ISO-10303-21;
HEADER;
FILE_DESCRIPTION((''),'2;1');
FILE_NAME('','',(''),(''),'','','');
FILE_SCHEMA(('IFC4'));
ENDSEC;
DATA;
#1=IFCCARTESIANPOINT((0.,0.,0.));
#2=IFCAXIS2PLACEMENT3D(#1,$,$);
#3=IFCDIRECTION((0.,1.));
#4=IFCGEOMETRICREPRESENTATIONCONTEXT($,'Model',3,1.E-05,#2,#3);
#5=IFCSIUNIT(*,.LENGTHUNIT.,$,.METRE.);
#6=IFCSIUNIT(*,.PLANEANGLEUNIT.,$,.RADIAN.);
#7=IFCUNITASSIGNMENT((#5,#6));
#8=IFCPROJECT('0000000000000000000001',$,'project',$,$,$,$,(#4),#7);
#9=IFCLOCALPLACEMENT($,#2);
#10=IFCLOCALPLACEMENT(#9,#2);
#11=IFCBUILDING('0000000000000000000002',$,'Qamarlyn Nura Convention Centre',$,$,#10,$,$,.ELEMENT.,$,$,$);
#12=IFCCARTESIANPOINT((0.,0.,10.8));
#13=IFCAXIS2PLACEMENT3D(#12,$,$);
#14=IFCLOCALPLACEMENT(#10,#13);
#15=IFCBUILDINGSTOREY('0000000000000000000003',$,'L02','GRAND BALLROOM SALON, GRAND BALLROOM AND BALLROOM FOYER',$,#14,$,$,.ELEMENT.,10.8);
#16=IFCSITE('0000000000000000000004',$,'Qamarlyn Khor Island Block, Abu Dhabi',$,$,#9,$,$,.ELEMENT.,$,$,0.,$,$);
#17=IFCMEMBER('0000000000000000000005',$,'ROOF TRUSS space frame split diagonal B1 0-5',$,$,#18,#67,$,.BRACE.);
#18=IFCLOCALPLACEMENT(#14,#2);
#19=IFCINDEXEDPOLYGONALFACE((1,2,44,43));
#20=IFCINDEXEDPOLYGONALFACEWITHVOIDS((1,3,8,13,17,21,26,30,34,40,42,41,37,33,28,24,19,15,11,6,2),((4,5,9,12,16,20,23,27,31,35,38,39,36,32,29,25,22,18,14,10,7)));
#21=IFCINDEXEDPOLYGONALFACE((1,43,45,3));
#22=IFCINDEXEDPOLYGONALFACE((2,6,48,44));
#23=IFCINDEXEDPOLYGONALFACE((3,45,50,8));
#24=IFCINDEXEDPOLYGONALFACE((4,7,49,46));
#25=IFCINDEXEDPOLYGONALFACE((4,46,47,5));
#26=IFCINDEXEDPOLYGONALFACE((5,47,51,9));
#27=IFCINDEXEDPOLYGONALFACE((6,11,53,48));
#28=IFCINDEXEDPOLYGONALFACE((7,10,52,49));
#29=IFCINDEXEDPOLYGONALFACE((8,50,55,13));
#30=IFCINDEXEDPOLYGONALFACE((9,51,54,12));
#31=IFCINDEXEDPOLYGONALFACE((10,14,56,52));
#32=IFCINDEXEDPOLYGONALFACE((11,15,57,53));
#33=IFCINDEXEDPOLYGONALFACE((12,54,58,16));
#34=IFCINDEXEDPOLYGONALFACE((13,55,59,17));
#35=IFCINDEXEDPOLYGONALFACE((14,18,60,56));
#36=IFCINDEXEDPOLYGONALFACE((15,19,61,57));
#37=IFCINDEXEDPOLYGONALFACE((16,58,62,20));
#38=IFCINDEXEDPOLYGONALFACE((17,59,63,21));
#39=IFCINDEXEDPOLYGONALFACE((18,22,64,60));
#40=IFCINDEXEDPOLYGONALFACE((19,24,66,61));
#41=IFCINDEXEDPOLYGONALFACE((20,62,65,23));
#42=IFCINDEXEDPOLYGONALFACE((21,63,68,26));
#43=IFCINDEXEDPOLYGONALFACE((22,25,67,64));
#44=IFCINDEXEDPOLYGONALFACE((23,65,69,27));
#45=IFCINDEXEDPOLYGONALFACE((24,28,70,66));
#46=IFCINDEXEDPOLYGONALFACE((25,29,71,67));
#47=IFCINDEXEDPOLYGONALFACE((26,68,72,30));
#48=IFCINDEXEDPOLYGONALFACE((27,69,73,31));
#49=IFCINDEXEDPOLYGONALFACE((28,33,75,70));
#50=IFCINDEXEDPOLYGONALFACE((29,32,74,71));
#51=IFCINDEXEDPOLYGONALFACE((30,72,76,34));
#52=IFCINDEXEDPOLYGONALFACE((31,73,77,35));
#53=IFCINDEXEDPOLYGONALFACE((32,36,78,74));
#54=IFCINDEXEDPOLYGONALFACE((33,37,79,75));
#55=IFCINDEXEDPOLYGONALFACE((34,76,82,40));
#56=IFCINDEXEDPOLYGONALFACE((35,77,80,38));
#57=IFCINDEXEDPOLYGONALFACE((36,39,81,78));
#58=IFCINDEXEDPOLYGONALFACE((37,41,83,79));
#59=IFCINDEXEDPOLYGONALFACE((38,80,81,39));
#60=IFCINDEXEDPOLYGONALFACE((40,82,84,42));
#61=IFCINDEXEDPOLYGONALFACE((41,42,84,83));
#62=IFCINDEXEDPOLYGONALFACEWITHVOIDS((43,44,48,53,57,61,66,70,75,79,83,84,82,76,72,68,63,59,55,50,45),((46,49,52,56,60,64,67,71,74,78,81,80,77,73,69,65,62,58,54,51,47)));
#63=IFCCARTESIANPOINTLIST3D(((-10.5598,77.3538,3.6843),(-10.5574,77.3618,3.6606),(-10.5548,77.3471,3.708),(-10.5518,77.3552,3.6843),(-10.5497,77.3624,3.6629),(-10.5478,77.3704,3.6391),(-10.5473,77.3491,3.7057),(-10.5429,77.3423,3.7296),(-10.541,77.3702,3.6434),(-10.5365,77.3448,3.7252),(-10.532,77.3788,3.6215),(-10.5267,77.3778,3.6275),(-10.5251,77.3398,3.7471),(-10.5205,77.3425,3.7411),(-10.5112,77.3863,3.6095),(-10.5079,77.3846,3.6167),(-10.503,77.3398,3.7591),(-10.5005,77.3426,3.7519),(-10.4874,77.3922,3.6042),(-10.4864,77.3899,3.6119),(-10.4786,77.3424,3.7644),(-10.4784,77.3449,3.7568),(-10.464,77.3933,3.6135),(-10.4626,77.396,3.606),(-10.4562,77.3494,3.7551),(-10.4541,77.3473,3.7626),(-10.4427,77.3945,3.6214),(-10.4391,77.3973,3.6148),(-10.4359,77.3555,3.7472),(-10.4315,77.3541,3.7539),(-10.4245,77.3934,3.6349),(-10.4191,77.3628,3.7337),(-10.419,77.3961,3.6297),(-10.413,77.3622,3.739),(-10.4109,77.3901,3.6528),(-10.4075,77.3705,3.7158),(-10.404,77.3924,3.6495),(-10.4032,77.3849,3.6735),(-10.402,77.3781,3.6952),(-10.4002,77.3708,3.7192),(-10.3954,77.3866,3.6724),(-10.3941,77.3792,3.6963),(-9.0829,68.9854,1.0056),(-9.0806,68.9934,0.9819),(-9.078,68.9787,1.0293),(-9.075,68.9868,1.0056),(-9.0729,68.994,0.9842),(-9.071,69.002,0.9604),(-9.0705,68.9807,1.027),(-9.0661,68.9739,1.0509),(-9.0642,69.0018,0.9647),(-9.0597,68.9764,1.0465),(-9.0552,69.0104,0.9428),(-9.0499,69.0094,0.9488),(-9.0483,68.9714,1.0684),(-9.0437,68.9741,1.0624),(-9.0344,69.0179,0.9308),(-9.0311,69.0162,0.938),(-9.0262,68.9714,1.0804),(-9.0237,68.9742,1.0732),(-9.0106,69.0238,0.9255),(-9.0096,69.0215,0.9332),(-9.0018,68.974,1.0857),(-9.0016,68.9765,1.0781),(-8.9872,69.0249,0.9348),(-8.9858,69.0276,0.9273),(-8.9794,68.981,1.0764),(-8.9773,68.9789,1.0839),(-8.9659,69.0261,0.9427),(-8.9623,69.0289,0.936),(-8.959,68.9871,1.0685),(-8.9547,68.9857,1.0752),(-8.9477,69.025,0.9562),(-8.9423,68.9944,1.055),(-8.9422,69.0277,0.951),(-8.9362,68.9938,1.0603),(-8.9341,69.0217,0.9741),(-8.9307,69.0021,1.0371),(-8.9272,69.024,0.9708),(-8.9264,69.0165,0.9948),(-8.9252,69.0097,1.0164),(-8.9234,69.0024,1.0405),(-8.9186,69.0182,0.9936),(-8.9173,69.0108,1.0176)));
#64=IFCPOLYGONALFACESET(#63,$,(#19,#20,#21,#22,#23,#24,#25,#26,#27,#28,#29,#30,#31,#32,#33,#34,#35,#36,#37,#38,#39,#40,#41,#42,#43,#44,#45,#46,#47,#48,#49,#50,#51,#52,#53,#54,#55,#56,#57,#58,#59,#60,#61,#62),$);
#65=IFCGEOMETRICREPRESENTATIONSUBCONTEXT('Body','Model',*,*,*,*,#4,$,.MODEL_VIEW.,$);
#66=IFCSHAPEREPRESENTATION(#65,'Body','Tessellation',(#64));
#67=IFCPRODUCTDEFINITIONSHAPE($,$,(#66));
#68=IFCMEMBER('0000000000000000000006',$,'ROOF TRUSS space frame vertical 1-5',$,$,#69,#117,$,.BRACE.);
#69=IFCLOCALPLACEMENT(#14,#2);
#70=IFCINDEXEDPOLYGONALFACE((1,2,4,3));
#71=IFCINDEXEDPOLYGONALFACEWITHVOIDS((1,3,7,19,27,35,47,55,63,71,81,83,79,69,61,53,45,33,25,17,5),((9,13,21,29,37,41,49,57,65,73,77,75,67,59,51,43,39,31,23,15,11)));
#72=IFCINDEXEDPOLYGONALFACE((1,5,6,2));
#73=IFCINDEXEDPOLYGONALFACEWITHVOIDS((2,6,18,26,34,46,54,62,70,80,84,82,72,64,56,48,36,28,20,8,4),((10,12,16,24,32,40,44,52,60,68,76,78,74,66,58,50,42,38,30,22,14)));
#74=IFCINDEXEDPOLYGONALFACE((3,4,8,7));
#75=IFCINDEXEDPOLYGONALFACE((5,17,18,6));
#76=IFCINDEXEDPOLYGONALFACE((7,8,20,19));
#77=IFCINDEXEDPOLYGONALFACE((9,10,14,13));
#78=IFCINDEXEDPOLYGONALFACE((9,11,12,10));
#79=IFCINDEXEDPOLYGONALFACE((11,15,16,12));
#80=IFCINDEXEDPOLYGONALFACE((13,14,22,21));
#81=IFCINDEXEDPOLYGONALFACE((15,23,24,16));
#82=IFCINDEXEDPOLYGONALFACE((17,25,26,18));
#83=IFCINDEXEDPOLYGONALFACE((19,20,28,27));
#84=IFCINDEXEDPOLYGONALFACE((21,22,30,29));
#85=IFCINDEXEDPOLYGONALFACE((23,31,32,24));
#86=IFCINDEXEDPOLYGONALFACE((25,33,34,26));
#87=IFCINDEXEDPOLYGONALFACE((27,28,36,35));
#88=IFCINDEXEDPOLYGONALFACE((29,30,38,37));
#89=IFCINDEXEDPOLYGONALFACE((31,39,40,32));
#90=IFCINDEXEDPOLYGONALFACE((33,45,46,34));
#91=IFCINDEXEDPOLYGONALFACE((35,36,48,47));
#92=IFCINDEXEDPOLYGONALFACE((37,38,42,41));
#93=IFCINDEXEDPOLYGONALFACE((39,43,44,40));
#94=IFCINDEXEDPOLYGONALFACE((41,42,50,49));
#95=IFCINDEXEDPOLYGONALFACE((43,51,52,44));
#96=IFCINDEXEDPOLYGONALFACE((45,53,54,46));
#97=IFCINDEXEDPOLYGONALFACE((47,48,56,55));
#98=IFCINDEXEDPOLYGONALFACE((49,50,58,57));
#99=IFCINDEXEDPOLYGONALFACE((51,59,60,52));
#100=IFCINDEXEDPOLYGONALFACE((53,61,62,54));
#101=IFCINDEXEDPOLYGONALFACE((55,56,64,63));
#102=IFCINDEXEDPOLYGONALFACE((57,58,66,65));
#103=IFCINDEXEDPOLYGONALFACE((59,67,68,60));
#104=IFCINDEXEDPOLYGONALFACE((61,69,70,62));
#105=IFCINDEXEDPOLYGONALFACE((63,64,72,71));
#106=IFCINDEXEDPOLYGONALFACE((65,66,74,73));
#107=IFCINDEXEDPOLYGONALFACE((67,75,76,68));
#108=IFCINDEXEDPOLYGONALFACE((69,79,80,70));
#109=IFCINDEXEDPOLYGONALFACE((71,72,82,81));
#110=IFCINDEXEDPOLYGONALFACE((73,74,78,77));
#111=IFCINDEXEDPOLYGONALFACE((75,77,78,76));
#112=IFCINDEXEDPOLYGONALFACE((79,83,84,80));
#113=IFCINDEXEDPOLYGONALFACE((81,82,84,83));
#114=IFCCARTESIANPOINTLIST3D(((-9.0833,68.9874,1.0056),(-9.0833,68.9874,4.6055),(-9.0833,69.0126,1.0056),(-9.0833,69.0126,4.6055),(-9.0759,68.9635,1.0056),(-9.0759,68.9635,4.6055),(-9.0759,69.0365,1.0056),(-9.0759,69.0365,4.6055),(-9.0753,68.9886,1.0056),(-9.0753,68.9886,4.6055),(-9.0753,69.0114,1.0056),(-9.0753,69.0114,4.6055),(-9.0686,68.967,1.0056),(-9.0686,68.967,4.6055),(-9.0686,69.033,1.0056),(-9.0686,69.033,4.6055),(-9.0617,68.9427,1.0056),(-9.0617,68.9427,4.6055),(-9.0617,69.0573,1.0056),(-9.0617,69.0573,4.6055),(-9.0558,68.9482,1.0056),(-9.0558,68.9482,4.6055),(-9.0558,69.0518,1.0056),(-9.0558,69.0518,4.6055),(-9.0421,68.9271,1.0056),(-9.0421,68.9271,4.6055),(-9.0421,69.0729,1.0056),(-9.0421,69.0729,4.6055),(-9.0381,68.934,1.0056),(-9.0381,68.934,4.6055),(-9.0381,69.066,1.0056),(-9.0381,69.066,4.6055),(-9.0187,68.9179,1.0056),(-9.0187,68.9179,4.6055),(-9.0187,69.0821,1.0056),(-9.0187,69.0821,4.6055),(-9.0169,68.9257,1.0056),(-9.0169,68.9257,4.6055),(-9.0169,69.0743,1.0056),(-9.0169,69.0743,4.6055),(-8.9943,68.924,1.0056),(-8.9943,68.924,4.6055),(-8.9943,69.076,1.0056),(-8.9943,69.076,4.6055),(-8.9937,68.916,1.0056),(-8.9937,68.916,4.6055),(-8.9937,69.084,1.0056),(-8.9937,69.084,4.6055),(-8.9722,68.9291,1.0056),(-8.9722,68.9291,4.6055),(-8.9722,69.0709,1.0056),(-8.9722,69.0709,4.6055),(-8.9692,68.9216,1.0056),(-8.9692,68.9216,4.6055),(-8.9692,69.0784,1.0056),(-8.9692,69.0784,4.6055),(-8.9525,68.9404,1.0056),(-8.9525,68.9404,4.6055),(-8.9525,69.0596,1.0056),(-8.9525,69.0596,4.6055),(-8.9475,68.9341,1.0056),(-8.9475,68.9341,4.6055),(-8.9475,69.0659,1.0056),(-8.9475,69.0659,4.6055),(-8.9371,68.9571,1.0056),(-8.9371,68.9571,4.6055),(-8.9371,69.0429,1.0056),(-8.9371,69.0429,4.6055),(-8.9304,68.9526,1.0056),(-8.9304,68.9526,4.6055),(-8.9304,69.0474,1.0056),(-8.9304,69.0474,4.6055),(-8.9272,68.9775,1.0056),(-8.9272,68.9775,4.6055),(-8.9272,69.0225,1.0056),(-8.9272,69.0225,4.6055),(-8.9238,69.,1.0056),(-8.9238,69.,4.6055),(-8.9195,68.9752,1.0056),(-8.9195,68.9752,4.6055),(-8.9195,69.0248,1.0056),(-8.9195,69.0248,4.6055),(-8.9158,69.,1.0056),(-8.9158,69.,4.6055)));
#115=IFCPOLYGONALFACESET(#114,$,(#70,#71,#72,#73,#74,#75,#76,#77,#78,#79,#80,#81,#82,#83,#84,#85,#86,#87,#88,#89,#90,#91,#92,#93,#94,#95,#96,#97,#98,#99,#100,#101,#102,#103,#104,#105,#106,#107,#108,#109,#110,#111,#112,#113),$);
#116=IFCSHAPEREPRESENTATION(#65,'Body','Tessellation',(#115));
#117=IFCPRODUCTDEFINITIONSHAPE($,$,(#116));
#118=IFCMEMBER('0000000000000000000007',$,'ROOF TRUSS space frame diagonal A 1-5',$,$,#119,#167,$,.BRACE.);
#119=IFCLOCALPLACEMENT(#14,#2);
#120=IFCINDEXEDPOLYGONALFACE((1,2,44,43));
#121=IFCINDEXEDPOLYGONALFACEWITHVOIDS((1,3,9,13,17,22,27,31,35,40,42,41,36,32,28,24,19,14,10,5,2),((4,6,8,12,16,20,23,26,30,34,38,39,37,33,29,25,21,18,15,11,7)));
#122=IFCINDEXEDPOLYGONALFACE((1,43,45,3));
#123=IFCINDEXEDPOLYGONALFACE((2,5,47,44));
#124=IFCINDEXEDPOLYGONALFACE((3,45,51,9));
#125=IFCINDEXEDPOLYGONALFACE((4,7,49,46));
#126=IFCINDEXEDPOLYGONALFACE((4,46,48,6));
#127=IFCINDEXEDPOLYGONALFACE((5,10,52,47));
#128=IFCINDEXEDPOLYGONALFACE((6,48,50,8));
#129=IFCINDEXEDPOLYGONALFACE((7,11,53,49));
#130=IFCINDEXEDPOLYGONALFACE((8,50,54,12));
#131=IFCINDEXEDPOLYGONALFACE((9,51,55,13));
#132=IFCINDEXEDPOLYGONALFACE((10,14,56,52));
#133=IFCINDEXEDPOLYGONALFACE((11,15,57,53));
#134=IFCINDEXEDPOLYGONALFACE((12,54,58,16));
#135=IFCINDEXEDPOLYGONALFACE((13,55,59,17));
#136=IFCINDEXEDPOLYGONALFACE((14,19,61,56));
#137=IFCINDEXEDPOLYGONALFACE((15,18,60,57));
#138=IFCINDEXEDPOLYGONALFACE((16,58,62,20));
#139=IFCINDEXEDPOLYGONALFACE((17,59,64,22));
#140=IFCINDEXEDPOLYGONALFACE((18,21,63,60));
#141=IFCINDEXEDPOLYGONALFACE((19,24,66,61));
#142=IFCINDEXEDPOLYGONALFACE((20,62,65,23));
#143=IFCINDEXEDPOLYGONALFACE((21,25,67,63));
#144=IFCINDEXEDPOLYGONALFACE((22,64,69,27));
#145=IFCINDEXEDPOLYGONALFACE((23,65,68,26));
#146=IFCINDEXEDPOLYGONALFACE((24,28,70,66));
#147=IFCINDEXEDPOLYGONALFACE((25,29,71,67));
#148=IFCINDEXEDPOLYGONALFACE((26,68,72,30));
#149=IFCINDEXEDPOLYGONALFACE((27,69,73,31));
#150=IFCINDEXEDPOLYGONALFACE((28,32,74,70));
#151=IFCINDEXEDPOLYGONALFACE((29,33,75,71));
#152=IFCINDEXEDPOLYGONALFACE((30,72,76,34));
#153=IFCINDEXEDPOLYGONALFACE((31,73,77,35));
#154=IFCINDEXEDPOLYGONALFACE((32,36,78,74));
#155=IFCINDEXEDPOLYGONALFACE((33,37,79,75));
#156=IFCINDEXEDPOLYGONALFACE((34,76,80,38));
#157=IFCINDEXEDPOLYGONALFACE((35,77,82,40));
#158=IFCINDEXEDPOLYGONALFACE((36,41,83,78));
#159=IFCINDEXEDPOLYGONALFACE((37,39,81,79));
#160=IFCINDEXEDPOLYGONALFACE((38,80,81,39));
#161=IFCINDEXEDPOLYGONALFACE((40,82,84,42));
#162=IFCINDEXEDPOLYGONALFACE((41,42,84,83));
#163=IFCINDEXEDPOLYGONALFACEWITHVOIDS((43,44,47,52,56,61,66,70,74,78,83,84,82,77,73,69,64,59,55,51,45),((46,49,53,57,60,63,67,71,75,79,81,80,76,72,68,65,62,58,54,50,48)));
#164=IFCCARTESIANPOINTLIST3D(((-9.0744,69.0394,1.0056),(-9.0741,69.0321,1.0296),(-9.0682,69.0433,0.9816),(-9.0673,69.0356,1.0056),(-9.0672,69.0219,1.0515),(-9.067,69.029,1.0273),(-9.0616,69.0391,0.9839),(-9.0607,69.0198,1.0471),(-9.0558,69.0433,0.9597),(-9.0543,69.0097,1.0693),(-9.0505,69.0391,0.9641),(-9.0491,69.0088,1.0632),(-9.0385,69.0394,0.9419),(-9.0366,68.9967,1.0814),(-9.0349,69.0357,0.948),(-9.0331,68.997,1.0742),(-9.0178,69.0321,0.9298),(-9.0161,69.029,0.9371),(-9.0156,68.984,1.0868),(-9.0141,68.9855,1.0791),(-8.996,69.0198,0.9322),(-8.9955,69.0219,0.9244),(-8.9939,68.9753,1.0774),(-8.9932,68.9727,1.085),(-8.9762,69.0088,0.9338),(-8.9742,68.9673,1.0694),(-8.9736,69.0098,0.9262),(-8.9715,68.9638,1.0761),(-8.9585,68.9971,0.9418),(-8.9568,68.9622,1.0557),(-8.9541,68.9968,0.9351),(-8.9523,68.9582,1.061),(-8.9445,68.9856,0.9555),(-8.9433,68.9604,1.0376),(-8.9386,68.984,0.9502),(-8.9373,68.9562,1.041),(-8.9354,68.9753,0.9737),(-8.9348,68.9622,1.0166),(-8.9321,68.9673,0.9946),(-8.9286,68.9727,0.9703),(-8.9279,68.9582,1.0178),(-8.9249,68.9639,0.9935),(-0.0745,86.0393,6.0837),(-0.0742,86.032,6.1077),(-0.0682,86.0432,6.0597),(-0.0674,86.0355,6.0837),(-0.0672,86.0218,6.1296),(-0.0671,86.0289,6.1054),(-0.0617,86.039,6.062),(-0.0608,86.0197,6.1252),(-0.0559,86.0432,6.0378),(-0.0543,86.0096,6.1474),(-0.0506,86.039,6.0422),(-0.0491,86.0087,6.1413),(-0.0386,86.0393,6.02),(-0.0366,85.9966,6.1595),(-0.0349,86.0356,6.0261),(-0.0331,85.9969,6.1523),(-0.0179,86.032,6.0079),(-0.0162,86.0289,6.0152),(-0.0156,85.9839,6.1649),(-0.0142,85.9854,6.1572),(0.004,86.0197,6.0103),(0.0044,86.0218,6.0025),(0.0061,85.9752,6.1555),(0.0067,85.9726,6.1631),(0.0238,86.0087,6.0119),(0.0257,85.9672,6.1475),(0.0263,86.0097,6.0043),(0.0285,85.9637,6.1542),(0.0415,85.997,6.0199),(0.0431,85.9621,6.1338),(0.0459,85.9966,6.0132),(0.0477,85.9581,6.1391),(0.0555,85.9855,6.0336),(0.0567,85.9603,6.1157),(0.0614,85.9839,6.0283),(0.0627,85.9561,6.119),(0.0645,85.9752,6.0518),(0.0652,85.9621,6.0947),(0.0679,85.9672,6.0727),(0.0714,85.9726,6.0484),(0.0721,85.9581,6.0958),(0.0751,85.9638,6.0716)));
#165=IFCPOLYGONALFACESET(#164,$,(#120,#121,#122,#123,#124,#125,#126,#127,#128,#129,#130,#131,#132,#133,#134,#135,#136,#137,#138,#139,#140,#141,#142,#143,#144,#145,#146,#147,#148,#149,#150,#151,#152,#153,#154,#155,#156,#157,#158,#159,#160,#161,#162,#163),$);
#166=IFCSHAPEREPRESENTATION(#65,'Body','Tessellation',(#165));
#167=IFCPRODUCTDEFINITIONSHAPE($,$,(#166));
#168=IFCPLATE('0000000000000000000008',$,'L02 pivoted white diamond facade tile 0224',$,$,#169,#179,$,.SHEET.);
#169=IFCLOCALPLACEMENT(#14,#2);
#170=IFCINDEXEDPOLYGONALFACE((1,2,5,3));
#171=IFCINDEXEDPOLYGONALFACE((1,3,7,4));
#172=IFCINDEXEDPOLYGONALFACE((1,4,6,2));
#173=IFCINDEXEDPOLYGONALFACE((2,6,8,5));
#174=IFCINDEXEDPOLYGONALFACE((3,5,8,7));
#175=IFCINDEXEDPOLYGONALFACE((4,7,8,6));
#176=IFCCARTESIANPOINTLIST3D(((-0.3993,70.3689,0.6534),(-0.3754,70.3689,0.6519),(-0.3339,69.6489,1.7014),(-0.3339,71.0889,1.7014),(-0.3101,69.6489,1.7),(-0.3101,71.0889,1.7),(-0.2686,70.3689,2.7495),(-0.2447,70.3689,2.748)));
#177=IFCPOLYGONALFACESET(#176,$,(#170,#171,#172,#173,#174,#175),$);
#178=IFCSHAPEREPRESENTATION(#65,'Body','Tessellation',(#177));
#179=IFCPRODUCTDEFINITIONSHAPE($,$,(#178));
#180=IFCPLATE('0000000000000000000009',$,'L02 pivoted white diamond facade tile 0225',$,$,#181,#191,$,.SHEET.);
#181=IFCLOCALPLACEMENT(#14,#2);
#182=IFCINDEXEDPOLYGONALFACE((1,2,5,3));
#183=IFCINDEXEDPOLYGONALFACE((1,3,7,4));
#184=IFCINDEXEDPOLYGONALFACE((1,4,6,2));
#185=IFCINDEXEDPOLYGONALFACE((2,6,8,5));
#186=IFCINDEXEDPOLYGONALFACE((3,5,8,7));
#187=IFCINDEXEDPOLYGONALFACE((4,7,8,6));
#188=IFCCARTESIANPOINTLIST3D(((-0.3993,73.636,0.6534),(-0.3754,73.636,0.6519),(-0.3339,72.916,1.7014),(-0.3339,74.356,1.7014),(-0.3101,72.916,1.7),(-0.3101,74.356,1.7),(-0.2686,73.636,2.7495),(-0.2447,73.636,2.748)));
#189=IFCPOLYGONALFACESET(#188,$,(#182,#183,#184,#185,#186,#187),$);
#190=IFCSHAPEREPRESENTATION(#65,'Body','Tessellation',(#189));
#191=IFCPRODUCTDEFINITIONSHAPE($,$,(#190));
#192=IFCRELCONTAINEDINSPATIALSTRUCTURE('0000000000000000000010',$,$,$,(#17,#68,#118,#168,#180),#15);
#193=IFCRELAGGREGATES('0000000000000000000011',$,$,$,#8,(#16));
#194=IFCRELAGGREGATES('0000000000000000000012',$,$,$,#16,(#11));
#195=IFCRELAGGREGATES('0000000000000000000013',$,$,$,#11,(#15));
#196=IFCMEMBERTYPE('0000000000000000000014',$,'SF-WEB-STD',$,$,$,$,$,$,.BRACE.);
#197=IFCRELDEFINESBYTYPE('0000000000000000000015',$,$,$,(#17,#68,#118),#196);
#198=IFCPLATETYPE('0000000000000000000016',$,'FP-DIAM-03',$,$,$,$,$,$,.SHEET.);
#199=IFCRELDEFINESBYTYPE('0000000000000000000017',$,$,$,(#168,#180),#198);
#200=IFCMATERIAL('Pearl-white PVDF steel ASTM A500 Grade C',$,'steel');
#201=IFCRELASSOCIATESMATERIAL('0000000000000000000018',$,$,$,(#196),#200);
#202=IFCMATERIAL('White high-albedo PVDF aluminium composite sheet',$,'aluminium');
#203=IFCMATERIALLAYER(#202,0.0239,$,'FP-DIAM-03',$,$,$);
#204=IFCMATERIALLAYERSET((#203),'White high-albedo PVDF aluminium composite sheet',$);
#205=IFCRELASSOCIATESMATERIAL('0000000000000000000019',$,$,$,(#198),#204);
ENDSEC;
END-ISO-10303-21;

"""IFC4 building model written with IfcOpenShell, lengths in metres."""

from ifc_helpers import new_model, si_unit, direction, frame, origin, origin_2d, place, context, subcontext, project, spatial, polyline, hollow_circle, outline, extrude, material, layer, layer_set, material_profile, profile_set, type_object, element, save


model = new_model("IFC4")

# Units and contexts
model_context = context("Model", 3, precision=1e-05, world=origin(), true_north=direction((0.0, 1.0)))
body_context = subcontext(model_context, "Body", "Model", "MODEL_VIEW")
ifc_project = project(units=[si_unit("LENGTHUNIT", "METRE"), si_unit("PLANEANGLEUNIT", "RADIAN")], contexts=[model_context])

# Site, building, storey
site_placement = place(None, origin())
site = spatial("IfcSite", under=ifc_project, at=site_placement, Name="Qamarlyn Khor Island Block, Abu Dhabi", CompositionType="ELEMENT", RefElevation=0.0)
building_placement = place(site_placement, origin())
building = spatial("IfcBuilding", under=site, at=building_placement, Name="Qamarlyn Nura Convention Centre", CompositionType="ELEMENT")
storey_placement = place(building_placement, frame((0.0, 0.0, 10.8)))
storey = spatial("IfcBuildingStorey", under=building, at=storey_placement, Name="L02", Description="GRAND BALLROOM SALON, GRAND BALLROOM AND BALLROOM FOYER", CompositionType="ELEMENT", Elevation=10.8)

# Members
ifc_material_1 = material(Name="Pearl-white PVDF steel ASTM A500 Grade C", Category="steel")
ifc_material_profile_1 = material_profile(ifc_material_1, hollow_circle(Radius=0.0842, WallThickness=0.0081, at=origin_2d()), Name="CHS168.3X8")
ifc_profile_set_1 = profile_set([ifc_material_profile_1], Name="Pearl-white PVDF steel ASTM A500 Grade C")
member_type_1 = type_object("IfcMemberType", Name="SF-WEB-STD", PredefinedType="BRACE", material=ifc_profile_set_1)
member_1_placement = place(storey_placement, frame((-9.0, 69.0, 1.0056), z_axis=(-0.165749, 0.939224, 0.300644), x_axis=(-0.984783, -0.173789, 0.0)))
element("IfcMember", 1, at=member_1_placement, inside=storey, type_object=member_type_1, Name="ROOF TRUSS space frame split diagonal B1 0-5", PredefinedType="BRACE", context=body_context, shape_type="SweptSolid", body=[
    extrude(hollow_circle(Radius=0.0842, WallThickness=0.0081, at=origin_2d()), origin(), (0.0, 0.0, 1.0), 8.9099),
])
member_2_placement = place(storey_placement, frame((-9.0, 69.0, 1.0056), z_axis=(0.0, 0.0, 1.0), x_axis=(1.0, 0.0, 0.0)))
element("IfcMember", 2, at=member_2_placement, inside=storey, type_object=member_type_1, Name="ROOF TRUSS space frame vertical 1-5", PredefinedType="BRACE", context=body_context, shape_type="SweptSolid", body=[
    extrude(hollow_circle(Radius=0.0842, WallThickness=0.0081, at=origin_2d()), origin(), (0.0, 0.0, 1.0), 3.5999),
])
member_3_placement = place(storey_placement, frame((-9.0, 69.0, 1.0056), z_axis=(0.452388, 0.854512, 0.255254), x_axis=(-0.883788, 0.467888, 0.0)))
element("IfcMember", 3, at=member_3_placement, inside=storey, type_object=member_type_1, Name="ROOF TRUSS space frame diagonal A 1-5", PredefinedType="BRACE", context=body_context, shape_type="SweptSolid", body=[
    extrude(hollow_circle(Radius=0.0842, WallThickness=0.0081, at=origin_2d()), origin(), (0.0, 0.0, 1.0), 19.8943),
])

# Plates
ifc_material_2 = material(Name="White high-albedo PVDF aluminium composite sheet", Category="aluminium")
ifc_layer_1 = layer(ifc_material_2, 0.0239, Name="FP-DIAM-03")
ifc_layer_set_1 = layer_set([ifc_layer_1], Name="White high-albedo PVDF aluminium composite sheet")
plate_type_1 = type_object("IfcPlateType", Name="FP-DIAM-03", PredefinedType="SHEET", material=ifc_layer_set_1)
for number, where, z_axis, x_axis, name in (
    (4, (-0.3101, 70.3689, 1.7), (-0.998059, 0.0, 0.062268), (0.0, -1.0, 0.0), "L02 pivoted white diamond facade tile 0224"),
    (5, (-0.3101, 73.636, 1.7), (-0.998059, 0.0, 0.062268), (0.0, -1.0, 0.0), "L02 pivoted white diamond facade tile 0225"),
):
    element("IfcPlate", number, at=place(storey_placement, frame(where, z_axis=z_axis, x_axis=x_axis)), inside=storey, type_object=plate_type_1, Name=name, PredefinedType="SHEET", context=body_context, shape_type="SweptSolid", body=[
        extrude(outline(polyline([(-0.72, 0.0), (0.0, -1.05), (0.72, 0.0), (0.0, 1.05), (-0.72, 0.0)])), origin(), (0.0, 0.0, 1.0), 0.0239),
    ])

save(model, "model.ifc")
